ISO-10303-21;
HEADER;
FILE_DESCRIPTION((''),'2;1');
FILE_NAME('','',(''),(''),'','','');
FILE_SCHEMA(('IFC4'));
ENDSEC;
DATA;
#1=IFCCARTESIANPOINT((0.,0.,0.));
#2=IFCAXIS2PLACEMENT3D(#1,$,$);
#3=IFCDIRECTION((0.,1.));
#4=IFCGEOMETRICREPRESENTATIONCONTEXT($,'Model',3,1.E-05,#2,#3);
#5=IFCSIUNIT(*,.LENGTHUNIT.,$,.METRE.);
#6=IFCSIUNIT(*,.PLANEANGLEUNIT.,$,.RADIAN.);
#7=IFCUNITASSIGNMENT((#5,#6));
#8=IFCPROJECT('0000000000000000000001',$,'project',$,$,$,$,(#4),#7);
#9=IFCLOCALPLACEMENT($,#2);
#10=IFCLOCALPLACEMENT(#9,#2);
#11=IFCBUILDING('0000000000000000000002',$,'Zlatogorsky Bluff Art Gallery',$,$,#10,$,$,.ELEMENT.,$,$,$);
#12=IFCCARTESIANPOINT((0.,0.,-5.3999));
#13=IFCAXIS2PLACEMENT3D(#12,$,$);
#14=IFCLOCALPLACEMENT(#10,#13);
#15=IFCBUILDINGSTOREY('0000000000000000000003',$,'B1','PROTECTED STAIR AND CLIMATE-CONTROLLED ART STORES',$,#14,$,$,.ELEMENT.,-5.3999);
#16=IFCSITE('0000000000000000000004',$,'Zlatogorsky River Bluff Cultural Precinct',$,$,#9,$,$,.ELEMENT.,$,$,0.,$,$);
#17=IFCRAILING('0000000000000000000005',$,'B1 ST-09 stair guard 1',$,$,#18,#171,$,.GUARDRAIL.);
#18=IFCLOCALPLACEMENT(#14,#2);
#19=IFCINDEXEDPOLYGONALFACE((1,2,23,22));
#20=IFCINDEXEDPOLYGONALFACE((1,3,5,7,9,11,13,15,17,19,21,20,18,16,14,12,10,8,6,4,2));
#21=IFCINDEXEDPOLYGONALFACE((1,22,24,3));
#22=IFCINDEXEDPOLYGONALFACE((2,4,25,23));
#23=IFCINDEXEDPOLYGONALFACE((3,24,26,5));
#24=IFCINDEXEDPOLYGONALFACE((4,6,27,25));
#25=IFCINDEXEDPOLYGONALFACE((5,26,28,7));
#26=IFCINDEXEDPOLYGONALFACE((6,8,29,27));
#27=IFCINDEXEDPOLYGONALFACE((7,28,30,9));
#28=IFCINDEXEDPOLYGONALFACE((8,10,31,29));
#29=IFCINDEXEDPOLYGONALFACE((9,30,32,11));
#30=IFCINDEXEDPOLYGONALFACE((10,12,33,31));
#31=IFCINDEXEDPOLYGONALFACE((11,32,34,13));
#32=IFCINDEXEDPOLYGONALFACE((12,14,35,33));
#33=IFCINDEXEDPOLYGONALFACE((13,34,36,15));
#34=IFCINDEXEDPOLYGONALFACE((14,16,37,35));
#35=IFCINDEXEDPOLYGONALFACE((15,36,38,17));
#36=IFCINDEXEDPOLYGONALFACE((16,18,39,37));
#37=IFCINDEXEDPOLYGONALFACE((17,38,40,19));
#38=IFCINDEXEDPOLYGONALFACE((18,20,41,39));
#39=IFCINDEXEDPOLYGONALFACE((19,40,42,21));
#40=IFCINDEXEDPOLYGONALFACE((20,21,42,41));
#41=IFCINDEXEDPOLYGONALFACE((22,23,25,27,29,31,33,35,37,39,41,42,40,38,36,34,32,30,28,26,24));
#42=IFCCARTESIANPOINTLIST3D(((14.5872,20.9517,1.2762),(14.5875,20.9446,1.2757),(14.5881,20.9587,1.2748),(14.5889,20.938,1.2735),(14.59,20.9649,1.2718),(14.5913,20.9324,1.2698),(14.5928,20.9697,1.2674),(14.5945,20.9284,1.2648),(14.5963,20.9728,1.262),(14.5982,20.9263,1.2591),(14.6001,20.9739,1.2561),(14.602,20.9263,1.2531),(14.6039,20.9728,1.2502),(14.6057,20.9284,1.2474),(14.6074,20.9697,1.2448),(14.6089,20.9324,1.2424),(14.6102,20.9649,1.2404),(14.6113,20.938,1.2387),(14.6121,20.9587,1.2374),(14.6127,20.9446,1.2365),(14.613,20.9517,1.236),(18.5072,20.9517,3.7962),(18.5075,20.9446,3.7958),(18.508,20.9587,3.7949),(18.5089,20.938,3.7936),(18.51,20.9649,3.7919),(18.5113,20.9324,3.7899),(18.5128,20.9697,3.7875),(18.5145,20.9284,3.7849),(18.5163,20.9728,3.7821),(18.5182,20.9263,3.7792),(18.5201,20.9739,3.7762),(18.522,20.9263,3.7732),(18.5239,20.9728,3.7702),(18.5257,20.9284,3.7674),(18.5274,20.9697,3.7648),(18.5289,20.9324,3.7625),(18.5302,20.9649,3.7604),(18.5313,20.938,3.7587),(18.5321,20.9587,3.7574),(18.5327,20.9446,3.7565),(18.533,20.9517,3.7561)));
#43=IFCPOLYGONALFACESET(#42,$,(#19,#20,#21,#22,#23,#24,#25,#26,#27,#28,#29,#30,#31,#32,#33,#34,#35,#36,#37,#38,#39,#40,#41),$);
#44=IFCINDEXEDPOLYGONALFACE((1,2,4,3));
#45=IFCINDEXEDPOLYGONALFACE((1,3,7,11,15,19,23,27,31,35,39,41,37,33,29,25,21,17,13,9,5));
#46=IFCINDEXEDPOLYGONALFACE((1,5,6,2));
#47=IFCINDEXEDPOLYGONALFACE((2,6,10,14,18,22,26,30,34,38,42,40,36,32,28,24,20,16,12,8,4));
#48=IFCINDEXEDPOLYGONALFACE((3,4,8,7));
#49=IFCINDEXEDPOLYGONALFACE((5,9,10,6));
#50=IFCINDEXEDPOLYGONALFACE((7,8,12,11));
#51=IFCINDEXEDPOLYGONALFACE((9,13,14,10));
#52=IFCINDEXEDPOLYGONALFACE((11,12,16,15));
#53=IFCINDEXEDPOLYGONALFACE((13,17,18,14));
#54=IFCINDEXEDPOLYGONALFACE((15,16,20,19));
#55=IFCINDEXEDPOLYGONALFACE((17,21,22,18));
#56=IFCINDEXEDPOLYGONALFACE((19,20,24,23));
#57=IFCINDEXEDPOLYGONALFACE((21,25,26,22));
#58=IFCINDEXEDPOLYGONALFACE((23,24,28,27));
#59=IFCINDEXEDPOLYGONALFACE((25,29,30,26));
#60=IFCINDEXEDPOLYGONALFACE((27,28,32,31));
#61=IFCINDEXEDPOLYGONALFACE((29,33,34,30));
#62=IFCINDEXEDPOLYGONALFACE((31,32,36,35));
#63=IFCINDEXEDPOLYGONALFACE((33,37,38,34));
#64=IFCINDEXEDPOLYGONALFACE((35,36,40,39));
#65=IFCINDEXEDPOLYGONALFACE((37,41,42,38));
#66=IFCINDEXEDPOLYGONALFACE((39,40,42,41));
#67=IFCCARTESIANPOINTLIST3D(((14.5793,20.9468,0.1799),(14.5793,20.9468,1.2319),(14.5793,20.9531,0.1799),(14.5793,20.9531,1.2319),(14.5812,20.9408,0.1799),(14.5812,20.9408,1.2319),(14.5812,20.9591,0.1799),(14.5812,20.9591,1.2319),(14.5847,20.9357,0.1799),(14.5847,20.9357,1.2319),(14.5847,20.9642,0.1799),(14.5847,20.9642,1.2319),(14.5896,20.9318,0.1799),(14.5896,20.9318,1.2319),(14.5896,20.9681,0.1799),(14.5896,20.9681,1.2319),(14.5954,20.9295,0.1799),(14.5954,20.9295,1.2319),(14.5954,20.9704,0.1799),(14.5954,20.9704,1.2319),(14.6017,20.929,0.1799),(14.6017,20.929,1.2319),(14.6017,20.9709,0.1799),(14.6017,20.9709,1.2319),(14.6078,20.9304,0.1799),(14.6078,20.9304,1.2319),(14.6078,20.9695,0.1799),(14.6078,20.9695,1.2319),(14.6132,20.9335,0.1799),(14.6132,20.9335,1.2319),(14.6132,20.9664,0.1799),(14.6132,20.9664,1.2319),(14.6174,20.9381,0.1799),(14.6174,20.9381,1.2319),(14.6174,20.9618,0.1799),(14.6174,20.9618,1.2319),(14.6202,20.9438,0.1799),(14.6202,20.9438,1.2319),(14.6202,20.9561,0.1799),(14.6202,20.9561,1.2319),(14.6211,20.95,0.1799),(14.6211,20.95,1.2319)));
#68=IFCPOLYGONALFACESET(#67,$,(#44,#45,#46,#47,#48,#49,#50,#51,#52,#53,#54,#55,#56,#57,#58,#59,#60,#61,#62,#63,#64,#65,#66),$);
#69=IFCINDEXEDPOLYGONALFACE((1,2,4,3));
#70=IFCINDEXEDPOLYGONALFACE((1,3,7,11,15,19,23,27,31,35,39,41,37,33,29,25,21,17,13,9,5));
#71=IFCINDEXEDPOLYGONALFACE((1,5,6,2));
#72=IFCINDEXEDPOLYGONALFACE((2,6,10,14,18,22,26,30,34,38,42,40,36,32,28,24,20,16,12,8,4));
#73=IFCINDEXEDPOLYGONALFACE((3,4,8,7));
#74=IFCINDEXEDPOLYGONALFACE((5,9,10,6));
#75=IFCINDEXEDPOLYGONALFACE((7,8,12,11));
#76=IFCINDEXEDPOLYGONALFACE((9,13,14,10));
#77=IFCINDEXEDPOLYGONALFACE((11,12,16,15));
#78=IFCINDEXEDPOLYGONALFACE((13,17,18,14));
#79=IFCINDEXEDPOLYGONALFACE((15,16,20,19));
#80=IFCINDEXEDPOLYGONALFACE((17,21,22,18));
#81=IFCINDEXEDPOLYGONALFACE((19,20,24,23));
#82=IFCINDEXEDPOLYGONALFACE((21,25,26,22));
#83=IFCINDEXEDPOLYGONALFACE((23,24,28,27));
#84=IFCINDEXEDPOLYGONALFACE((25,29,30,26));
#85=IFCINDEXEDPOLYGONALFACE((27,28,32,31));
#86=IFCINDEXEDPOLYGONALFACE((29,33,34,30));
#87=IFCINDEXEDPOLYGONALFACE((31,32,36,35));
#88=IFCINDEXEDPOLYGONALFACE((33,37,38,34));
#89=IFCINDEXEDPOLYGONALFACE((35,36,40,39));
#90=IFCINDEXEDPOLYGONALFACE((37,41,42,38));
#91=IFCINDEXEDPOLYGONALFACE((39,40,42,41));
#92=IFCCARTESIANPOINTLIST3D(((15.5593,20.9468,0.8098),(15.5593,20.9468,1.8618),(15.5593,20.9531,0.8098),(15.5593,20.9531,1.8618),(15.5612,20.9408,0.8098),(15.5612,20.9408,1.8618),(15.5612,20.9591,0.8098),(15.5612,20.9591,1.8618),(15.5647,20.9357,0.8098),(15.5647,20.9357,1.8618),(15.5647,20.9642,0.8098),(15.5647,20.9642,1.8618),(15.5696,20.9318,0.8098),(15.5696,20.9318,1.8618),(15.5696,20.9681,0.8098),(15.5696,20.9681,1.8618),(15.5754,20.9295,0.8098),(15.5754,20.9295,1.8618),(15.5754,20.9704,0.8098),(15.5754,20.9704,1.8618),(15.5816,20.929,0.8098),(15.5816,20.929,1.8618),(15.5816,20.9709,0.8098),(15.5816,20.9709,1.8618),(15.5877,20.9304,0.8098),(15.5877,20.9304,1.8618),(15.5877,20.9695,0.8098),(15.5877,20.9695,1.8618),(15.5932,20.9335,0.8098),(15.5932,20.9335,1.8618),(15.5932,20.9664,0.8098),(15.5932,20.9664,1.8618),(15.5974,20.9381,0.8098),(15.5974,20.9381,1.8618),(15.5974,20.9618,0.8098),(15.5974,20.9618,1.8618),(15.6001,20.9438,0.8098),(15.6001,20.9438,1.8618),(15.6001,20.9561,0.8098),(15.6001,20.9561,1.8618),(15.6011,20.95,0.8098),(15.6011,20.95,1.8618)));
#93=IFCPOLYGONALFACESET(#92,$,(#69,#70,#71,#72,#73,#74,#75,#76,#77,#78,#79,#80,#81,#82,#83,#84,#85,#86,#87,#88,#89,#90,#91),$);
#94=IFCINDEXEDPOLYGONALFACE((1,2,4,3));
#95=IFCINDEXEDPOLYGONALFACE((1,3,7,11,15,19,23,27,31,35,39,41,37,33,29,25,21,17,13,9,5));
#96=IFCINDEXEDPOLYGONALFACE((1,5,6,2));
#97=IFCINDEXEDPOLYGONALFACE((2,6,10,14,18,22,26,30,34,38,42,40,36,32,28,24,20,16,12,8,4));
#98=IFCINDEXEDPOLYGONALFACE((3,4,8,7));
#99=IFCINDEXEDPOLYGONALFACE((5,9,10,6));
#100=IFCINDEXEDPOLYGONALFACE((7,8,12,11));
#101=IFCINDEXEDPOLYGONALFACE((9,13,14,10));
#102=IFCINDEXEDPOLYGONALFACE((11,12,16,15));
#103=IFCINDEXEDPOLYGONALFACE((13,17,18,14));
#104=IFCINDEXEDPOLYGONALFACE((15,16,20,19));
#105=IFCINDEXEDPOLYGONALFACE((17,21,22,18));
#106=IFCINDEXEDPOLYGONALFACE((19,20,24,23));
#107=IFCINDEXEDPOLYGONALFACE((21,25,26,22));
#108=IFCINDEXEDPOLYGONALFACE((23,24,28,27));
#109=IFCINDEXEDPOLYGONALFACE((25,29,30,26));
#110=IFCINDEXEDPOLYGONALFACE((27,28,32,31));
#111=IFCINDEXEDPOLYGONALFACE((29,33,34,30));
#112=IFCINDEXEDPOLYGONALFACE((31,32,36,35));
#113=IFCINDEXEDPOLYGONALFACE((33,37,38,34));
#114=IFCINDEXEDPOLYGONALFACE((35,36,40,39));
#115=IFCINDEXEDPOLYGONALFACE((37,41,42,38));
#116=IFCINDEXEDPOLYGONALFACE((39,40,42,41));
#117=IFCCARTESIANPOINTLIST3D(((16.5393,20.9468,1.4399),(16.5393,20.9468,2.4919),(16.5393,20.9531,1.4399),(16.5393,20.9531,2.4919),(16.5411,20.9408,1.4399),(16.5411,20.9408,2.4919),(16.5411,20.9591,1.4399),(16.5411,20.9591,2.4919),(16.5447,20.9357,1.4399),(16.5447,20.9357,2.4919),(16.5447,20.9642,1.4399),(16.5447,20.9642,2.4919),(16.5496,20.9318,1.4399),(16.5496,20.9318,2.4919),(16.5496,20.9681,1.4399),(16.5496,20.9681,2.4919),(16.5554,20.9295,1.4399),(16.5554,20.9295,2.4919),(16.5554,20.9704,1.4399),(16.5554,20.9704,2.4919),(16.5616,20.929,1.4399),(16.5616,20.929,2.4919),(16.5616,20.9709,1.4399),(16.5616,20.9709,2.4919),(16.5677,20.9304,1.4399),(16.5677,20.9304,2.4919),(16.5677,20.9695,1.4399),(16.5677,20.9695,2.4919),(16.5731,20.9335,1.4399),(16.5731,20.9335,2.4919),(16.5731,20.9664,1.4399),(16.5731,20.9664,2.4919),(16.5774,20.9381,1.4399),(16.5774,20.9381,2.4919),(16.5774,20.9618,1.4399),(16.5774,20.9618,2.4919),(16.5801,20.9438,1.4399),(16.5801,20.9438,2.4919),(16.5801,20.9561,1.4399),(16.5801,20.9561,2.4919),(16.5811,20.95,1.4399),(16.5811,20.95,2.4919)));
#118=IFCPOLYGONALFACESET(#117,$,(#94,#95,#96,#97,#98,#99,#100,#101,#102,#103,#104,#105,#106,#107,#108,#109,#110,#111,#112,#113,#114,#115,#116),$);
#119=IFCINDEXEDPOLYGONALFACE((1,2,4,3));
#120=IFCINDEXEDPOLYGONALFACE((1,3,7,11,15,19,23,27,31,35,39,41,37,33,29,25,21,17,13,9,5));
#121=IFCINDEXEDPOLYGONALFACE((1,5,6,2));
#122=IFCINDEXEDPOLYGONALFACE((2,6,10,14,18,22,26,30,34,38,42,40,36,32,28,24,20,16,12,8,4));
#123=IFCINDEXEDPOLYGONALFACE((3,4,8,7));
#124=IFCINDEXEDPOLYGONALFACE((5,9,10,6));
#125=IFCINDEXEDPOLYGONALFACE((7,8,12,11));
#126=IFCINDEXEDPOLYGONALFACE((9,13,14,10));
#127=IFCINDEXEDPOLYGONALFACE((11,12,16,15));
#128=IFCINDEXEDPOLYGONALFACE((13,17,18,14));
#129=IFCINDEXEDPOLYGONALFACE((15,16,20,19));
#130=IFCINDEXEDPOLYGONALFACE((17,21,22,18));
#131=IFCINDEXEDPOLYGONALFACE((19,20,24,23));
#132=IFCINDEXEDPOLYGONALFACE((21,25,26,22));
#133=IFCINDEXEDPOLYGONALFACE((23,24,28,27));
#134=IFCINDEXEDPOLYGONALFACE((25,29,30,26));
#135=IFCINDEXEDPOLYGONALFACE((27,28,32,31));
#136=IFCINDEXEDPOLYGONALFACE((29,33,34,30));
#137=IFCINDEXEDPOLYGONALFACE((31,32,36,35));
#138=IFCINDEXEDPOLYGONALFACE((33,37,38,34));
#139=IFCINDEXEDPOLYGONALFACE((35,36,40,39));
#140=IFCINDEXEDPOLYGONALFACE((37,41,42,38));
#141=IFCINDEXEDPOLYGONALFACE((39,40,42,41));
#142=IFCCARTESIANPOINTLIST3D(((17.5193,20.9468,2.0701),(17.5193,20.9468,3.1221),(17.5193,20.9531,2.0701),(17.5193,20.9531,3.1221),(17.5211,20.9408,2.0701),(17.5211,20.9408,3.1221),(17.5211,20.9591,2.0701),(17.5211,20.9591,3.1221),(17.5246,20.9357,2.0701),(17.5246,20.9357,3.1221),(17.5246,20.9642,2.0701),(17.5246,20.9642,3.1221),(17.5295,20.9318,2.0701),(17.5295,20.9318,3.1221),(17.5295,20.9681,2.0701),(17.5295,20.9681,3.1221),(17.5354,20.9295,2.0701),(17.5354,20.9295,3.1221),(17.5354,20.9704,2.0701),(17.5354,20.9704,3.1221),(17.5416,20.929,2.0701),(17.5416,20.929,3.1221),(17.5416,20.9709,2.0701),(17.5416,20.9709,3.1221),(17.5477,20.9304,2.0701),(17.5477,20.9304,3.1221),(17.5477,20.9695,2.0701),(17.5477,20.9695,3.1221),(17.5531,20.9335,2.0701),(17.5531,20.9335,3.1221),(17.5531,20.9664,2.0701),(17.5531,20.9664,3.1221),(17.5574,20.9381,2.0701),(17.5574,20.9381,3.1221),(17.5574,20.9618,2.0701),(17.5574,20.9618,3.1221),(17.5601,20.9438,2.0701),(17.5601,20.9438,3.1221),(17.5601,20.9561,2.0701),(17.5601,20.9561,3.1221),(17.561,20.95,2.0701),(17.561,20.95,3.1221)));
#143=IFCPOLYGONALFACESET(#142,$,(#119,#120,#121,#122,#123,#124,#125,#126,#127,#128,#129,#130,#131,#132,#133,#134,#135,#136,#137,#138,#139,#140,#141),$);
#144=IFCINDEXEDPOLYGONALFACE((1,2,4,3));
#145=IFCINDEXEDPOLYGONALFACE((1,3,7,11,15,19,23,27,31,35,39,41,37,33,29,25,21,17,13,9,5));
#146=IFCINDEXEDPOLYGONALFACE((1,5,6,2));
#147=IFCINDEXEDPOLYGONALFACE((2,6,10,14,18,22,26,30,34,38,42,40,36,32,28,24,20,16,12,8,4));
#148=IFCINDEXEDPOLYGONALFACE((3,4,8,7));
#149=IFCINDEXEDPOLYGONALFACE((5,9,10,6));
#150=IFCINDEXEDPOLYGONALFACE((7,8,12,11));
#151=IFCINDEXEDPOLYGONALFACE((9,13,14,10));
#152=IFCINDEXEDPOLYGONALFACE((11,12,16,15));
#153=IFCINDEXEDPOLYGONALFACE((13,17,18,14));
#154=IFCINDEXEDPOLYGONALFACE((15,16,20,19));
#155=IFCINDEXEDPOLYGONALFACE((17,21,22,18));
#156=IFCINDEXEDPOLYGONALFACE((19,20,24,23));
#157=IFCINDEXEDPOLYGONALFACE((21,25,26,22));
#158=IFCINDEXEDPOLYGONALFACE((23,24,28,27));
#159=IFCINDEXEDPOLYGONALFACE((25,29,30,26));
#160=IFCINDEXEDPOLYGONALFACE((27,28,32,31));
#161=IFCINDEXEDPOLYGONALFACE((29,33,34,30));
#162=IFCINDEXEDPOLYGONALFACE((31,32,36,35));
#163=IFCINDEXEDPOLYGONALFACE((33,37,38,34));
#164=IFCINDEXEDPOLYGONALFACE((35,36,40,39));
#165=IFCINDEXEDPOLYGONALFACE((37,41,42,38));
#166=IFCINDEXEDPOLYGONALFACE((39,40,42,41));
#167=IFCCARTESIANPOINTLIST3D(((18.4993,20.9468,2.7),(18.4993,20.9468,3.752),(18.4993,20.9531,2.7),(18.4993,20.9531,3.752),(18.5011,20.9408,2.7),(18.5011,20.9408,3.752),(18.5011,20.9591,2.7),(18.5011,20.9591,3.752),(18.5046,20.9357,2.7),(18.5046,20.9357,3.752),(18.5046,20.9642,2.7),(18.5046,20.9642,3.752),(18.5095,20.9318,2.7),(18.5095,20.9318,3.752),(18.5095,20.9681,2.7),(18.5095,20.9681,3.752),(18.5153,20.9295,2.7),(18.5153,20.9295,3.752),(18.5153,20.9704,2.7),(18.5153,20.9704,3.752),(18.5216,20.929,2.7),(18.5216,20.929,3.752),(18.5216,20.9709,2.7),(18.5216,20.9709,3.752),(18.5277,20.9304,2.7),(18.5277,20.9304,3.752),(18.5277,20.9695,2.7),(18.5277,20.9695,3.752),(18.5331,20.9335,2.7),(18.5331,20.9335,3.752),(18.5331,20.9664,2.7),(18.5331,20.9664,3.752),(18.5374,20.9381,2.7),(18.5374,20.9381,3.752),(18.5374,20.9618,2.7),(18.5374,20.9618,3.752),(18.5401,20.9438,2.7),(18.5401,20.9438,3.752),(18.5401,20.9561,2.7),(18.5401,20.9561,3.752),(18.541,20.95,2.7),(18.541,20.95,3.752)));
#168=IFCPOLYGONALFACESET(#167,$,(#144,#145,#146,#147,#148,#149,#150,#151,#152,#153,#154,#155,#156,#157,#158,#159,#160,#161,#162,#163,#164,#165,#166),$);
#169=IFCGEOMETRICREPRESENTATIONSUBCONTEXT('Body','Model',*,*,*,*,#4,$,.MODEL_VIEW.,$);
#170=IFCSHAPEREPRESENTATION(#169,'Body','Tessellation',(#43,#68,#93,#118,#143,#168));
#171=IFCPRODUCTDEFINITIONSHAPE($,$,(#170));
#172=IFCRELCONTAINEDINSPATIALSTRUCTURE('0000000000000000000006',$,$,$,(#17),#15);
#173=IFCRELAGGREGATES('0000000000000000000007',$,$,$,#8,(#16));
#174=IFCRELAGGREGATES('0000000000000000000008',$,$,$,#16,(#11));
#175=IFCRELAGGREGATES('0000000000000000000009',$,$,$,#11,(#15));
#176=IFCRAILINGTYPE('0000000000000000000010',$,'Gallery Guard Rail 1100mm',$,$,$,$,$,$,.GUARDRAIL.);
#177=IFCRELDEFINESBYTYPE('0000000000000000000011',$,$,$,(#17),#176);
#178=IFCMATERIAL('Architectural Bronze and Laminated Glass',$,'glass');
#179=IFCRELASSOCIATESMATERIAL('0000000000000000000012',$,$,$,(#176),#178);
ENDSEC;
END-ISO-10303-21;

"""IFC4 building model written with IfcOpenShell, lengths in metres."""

from ifc_helpers import new_model, si_unit, direction, frame, origin, origin_2d, place, context, subcontext, project, spatial, circle, extrude, material, type_object, element, save


model = new_model("IFC4")

# Units and contexts
model_context = context("Model", 3, precision=1e-05, world=origin(), true_north=direction((0.0, 1.0)))
body_context = subcontext(model_context, "Body", "Model", "MODEL_VIEW")
ifc_project = project(units=[si_unit("LENGTHUNIT", "METRE"), si_unit("PLANEANGLEUNIT", "RADIAN")], contexts=[model_context])

# Site, building, storey
site_placement = place(None, origin())
site = spatial("IfcSite", under=ifc_project, at=site_placement, Name="Zlatogorsky River Bluff Cultural Precinct", CompositionType="ELEMENT", RefElevation=0.0)
building_placement = place(site_placement, origin())
building = spatial("IfcBuilding", under=site, at=building_placement, Name="Zlatogorsky Bluff Art Gallery", CompositionType="ELEMENT")
storey_placement = place(building_placement, frame((0.0, 0.0, -5.3999)))
storey = spatial("IfcBuildingStorey", under=building, at=storey_placement, Name="B1", Description="PROTECTED STAIR AND CLIMATE-CONTROLLED ART STORES", CompositionType="ELEMENT", Elevation=-5.3999)

# Railing
ifc_material_1 = material(Name="Architectural Bronze and Laminated Glass", Category="glass")
railing_type_1 = type_object("IfcRailingType", Name="Gallery Guard Rail 1100mm", PredefinedType="GUARDRAIL", material=ifc_material_1)
railing_1_placement = place(storey_placement, frame((14.6001, 20.95, 0.1799)))
element("IfcRailing", 1, at=railing_1_placement, inside=storey, type_object=railing_type_1, Name="B1 ST-09 stair guard 1", PredefinedType="GUARDRAIL", context=body_context, shape_type="SweptSolid", body=[
    extrude(circle(Radius=0.0239, at=origin_2d()), frame((0.0, 0.0, 1.0762), z_axis=(0.841172, 0.0, 0.540768), x_axis=(0.0, 1.0, 0.0)), (0.0, 0.0, 1.0), 4.6602),
    extrude(circle(Radius=0.021, at=origin_2d()), origin(), (0.0, 0.0, 1.0), 1.052),
    extrude(circle(Radius=0.021, at=origin_2d()), frame((0.98, 0.0, 0.6299)), (0.0, 0.0, 1.0), 1.052),
    extrude(circle(Radius=0.021, at=origin_2d()), frame((1.96, 0.0, 1.26)), (0.0, 0.0, 1.0), 1.052),
    extrude(circle(Radius=0.021, at=origin_2d()), frame((2.9399, 0.0, 1.8901)), (0.0, 0.0, 1.0), 1.052),
    extrude(circle(Radius=0.021, at=origin_2d()), frame((3.9199, 0.0, 2.52)), (0.0, 0.0, 1.0), 1.052),
])

save(model, "model.ifc")
